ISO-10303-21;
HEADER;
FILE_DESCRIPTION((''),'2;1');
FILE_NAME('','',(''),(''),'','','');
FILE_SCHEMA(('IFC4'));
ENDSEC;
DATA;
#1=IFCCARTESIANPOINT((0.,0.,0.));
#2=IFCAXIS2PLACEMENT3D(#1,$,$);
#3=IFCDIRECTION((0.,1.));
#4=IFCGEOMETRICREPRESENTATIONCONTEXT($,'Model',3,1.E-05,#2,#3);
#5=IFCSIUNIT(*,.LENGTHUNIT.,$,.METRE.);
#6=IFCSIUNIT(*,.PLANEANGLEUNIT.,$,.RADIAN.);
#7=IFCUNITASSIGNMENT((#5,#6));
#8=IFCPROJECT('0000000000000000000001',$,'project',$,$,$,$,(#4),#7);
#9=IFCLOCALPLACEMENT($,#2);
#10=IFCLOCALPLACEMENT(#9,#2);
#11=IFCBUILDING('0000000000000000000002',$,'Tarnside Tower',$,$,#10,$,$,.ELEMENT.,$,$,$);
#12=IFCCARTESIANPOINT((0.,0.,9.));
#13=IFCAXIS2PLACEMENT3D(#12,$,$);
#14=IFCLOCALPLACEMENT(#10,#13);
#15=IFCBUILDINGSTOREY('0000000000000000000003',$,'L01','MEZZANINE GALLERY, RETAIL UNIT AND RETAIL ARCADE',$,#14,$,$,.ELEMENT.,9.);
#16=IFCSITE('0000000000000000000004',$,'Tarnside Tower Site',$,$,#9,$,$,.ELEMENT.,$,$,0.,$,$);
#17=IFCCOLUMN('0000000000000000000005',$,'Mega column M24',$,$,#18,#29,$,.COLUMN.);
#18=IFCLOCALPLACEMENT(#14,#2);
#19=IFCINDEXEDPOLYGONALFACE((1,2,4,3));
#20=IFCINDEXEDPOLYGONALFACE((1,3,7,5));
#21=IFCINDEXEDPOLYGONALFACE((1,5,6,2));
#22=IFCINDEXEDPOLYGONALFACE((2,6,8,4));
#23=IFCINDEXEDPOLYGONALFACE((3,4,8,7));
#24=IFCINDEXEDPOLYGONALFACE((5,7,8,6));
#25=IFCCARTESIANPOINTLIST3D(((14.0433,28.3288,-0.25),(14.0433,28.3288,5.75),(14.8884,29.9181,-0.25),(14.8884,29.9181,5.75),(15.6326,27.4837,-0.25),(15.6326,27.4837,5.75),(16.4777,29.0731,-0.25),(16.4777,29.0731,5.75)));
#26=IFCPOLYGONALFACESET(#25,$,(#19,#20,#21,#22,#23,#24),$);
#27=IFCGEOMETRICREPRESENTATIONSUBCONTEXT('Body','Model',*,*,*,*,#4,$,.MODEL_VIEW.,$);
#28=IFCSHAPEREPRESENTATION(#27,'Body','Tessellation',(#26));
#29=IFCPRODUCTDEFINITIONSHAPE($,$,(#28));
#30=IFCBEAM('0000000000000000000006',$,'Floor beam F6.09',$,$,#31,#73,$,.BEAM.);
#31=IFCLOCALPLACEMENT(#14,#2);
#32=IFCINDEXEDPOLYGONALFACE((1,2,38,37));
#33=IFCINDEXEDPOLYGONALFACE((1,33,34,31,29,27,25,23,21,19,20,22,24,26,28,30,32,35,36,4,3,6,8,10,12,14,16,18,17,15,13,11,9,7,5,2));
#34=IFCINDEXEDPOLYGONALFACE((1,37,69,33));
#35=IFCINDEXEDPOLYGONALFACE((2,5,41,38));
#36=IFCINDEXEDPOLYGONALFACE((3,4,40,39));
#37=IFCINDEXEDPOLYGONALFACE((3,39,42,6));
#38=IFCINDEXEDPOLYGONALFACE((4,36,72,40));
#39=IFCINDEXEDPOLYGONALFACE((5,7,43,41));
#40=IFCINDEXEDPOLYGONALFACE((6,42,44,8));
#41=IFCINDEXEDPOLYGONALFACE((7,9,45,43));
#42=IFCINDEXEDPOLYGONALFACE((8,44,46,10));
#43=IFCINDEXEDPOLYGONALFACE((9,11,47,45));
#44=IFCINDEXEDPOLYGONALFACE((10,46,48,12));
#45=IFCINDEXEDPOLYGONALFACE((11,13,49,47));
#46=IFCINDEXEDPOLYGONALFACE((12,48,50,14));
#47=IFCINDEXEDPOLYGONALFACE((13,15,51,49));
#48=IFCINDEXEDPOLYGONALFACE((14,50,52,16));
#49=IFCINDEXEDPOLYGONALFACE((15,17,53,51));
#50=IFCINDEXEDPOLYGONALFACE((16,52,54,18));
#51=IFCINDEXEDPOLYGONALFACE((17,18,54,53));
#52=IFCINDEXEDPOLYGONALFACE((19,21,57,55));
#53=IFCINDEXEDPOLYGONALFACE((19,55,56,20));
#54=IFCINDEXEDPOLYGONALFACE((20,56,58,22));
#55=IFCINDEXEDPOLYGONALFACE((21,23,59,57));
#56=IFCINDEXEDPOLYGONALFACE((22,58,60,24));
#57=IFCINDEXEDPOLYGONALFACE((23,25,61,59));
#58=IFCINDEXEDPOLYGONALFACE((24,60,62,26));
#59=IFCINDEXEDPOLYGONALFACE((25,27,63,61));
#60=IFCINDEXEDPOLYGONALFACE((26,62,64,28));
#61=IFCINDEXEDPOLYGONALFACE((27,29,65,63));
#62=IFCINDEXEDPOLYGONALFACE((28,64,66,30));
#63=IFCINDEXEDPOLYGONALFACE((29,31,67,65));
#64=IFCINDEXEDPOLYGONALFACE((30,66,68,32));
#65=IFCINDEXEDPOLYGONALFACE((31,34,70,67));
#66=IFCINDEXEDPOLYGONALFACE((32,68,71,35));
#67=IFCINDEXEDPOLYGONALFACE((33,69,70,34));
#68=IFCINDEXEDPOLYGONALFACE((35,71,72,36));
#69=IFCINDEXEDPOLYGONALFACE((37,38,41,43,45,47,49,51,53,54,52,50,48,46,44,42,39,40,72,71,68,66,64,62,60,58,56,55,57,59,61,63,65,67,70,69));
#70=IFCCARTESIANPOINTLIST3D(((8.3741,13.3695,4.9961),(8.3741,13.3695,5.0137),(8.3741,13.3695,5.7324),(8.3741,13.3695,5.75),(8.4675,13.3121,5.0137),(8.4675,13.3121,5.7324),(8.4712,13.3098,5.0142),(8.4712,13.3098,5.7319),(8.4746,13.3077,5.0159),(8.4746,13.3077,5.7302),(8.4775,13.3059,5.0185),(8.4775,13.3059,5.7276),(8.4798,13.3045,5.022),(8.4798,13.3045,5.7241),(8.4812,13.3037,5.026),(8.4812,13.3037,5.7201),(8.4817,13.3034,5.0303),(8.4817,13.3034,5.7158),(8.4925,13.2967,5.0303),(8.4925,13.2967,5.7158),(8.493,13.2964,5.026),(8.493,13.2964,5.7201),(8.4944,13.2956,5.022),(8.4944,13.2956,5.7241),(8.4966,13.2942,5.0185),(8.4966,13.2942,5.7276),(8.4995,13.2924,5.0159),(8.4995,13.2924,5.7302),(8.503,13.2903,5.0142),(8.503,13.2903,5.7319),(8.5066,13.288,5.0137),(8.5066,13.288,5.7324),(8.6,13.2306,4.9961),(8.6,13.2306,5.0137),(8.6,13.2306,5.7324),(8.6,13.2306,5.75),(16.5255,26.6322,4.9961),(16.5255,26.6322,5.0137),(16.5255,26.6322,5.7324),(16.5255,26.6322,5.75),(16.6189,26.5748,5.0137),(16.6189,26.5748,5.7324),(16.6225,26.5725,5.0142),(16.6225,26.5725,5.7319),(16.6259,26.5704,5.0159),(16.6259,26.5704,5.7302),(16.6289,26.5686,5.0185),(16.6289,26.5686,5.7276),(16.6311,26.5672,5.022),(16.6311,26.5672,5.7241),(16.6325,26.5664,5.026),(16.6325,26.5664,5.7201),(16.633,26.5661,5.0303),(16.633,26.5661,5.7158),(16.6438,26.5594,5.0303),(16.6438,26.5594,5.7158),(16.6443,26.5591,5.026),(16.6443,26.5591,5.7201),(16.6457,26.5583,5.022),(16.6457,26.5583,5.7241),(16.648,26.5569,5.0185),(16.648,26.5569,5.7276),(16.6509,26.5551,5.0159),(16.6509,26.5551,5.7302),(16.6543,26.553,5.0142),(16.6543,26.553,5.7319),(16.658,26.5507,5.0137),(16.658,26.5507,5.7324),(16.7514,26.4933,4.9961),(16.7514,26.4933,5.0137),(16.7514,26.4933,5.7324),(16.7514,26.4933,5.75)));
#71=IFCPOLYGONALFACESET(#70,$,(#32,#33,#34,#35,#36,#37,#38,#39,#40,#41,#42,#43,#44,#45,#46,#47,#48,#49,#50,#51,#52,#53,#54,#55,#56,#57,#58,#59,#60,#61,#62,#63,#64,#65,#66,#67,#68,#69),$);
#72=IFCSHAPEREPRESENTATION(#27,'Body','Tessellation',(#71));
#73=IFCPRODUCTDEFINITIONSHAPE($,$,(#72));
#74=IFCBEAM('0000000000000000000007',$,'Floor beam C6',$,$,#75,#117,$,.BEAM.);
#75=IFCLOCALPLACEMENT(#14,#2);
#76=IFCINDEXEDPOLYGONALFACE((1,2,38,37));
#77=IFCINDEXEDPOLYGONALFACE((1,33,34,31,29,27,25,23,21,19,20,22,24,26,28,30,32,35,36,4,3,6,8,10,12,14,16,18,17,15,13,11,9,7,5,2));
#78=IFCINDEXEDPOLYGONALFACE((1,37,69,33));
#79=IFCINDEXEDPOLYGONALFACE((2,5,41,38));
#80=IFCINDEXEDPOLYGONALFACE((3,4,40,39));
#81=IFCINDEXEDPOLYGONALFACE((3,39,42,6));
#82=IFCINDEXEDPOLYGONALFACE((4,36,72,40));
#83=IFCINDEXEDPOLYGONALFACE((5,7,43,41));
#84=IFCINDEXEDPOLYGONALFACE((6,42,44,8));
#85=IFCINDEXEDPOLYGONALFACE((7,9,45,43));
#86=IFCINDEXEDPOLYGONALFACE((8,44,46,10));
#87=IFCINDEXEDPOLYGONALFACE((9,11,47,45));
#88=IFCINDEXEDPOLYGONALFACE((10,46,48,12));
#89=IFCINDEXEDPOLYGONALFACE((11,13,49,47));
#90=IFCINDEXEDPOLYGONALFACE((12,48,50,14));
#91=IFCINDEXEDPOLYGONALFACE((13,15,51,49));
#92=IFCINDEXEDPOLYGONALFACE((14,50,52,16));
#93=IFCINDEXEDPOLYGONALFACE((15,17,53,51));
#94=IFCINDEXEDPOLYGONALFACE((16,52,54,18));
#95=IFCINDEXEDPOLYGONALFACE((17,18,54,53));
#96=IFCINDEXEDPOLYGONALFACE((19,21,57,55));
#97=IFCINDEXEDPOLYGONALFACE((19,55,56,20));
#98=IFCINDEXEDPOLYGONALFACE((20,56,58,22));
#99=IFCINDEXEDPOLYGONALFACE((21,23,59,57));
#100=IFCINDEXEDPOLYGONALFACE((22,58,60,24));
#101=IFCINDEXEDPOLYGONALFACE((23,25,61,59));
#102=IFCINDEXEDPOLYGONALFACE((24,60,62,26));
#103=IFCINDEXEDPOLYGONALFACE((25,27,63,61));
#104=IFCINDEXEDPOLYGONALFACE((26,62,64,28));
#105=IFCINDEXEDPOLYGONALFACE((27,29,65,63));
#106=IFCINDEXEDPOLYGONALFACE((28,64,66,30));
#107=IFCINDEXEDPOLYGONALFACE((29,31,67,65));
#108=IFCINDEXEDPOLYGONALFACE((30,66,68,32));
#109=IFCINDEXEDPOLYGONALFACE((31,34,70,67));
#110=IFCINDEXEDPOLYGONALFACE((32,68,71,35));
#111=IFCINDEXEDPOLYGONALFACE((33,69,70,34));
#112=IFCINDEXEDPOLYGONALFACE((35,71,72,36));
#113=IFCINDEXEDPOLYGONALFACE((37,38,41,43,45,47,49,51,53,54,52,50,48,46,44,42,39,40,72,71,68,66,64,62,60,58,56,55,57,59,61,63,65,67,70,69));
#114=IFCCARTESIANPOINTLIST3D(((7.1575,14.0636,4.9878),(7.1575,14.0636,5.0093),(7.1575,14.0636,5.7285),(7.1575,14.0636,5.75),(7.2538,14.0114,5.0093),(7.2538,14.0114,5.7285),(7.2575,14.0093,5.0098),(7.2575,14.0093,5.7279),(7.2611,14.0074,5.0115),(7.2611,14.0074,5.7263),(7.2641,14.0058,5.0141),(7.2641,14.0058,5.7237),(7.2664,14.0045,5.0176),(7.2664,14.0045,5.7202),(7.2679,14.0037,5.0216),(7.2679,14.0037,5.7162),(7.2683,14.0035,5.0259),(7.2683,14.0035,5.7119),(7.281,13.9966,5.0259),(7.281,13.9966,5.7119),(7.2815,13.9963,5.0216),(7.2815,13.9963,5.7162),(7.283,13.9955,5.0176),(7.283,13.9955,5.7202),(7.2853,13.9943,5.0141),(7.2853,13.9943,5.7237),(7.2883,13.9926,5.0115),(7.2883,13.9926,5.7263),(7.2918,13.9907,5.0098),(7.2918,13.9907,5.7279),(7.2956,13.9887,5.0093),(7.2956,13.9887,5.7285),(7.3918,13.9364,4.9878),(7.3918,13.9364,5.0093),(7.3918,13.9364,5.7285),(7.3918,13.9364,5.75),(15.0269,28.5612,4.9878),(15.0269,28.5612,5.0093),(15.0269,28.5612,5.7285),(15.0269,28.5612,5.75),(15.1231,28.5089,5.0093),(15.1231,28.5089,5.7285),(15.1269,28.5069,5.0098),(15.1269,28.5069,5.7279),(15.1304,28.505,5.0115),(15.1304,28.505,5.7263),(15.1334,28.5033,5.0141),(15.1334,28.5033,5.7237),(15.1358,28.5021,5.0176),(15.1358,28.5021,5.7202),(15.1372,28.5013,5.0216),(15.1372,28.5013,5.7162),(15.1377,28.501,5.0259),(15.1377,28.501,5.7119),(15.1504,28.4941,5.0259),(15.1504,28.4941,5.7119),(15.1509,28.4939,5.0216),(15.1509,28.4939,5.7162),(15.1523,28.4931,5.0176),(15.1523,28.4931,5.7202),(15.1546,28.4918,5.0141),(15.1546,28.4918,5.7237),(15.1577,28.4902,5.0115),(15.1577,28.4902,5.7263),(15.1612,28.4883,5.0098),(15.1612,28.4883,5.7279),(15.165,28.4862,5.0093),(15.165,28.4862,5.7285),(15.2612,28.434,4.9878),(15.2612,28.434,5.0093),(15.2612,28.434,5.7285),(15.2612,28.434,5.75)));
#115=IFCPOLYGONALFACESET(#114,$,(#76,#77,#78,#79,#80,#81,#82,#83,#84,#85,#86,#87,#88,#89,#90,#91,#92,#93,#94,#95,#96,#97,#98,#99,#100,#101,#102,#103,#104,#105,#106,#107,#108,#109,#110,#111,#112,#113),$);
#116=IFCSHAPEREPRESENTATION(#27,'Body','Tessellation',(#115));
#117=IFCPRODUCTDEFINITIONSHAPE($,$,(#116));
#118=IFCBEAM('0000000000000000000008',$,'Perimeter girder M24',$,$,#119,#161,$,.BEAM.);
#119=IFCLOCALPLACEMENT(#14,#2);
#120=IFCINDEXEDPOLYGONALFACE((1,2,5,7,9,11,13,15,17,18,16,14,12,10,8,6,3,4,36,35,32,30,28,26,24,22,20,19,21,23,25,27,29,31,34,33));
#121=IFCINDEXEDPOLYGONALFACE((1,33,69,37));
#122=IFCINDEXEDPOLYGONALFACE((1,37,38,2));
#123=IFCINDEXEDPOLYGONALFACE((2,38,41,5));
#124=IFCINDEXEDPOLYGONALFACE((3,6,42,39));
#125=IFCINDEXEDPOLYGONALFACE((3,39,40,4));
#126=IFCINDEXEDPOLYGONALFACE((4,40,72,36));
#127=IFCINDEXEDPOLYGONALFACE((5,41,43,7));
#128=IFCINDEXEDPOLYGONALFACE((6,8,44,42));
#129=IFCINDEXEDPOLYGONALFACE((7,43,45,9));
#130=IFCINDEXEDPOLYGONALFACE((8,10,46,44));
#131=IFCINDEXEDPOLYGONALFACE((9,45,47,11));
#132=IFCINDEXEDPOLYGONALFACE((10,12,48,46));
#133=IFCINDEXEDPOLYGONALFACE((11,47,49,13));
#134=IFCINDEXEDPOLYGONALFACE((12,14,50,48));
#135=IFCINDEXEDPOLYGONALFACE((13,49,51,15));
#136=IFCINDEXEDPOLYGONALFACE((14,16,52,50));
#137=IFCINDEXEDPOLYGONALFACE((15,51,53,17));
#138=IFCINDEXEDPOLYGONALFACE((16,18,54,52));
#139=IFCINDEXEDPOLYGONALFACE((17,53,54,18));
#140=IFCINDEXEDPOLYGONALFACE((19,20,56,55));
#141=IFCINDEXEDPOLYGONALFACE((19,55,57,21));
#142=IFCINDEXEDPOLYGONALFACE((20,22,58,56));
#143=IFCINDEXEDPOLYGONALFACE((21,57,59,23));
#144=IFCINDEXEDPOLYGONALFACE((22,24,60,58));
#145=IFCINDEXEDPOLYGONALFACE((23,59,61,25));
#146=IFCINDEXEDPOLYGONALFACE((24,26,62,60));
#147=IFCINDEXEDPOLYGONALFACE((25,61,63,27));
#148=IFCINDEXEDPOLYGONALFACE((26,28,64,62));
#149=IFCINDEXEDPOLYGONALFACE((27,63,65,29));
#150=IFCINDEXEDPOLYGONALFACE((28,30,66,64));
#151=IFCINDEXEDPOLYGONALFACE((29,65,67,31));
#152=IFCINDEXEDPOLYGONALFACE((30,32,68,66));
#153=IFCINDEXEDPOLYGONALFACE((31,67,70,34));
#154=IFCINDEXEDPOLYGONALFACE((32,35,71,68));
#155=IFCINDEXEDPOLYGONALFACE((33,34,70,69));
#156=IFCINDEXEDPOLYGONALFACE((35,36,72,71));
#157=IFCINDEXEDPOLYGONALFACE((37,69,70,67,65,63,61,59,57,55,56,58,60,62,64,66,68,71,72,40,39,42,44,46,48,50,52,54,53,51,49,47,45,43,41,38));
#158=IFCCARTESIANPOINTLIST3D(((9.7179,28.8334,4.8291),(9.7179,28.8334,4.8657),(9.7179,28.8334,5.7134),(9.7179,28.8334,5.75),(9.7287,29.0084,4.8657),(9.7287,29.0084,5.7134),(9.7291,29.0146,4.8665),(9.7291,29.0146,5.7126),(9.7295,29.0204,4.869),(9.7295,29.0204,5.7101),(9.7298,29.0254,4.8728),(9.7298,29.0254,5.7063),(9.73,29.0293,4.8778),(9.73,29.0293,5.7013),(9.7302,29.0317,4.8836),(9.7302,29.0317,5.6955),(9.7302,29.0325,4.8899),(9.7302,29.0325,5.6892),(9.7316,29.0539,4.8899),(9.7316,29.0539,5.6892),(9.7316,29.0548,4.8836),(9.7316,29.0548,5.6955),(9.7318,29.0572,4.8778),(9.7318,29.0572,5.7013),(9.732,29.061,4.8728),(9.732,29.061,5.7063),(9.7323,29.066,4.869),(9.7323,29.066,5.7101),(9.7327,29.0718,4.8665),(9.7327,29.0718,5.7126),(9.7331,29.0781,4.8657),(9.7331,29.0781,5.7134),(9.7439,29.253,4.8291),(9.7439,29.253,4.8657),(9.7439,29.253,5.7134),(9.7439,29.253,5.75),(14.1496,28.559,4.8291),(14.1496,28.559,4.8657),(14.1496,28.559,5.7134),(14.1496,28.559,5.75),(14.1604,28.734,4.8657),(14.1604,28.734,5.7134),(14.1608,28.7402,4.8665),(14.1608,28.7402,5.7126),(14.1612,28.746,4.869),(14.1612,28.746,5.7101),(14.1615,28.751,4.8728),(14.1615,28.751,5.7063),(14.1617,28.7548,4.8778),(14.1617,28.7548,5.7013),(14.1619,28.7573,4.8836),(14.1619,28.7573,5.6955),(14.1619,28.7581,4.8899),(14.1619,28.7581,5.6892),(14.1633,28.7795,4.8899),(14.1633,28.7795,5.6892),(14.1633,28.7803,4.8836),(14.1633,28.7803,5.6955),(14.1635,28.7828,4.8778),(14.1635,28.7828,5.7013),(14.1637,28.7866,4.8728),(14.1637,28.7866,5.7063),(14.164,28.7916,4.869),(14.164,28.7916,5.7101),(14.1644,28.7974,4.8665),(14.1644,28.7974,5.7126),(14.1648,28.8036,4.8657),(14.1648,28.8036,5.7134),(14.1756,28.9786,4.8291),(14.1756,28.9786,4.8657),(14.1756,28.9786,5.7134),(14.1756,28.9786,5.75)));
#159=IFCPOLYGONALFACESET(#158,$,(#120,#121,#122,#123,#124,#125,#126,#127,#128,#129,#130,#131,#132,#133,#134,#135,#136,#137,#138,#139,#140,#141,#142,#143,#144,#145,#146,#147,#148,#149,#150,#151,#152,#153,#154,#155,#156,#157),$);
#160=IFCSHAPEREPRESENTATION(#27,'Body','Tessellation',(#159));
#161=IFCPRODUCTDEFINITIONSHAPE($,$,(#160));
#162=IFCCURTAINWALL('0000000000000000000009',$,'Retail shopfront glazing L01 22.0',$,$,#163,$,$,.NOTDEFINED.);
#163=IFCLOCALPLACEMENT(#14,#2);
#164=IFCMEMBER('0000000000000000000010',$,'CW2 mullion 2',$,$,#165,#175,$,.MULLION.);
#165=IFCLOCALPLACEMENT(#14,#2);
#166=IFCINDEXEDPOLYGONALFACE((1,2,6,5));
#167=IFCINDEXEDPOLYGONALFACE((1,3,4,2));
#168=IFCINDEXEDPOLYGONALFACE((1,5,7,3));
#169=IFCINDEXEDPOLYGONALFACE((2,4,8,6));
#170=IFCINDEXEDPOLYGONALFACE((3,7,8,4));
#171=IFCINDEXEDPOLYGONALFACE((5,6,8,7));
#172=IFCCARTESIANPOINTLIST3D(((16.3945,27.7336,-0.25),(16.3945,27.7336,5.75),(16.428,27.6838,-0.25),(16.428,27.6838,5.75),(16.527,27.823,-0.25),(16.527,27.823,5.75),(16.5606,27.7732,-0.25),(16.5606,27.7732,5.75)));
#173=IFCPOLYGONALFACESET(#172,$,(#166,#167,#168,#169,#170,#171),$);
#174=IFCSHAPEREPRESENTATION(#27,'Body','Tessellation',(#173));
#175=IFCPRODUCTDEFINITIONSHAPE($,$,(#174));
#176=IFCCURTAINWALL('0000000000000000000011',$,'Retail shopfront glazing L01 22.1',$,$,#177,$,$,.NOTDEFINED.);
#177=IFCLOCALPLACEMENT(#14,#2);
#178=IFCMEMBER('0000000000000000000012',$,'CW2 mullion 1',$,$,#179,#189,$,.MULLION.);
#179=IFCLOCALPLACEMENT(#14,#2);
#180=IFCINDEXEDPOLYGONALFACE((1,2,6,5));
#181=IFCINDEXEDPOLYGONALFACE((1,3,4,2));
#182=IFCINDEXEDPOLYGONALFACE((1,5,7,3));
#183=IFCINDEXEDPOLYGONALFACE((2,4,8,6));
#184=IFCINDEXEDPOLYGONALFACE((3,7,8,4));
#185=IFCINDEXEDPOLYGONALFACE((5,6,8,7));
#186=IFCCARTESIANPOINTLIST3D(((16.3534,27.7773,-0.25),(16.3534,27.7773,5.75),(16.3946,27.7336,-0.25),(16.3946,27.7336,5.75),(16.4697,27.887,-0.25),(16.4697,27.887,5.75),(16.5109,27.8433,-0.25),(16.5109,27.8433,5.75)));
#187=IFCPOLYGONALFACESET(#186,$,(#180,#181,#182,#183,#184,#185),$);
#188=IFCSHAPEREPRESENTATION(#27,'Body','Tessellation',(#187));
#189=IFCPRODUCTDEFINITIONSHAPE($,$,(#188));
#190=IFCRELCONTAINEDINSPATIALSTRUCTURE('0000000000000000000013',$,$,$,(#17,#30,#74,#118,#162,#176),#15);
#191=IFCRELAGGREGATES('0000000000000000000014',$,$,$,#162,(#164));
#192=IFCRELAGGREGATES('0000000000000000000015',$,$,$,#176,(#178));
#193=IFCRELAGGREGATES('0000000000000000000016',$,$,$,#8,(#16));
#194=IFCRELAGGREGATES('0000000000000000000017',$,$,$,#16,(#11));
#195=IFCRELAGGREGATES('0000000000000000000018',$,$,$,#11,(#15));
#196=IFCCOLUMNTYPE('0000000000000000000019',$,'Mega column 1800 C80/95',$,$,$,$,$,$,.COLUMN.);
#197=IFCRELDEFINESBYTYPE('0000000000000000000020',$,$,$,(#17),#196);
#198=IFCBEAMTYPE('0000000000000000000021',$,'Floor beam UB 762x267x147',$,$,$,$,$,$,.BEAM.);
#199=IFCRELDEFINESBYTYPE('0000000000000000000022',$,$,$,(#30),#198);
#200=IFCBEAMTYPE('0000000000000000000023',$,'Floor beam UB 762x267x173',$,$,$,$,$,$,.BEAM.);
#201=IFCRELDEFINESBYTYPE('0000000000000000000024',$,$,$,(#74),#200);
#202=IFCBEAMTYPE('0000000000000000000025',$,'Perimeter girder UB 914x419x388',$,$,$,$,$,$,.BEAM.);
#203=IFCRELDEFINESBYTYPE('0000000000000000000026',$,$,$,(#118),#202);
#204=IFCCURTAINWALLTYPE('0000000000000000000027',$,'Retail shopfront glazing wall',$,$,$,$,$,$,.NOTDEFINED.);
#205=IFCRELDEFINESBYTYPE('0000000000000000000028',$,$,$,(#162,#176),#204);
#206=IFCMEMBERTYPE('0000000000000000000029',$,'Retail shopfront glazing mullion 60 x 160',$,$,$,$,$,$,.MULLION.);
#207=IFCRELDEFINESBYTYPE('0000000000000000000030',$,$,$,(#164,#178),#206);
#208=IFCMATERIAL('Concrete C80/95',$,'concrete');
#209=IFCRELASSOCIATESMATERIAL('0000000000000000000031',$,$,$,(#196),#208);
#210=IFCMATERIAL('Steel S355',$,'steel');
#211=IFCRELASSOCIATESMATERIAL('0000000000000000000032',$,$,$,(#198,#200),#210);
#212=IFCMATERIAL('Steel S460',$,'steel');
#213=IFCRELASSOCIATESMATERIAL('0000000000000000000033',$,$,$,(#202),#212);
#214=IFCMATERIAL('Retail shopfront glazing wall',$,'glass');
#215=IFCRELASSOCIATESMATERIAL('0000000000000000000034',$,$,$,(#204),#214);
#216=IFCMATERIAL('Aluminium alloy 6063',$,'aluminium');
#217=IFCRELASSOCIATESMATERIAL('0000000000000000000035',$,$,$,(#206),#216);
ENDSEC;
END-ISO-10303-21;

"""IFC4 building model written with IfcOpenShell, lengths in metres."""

from ifc_helpers import new_model, si_unit, direction, frame, origin, origin_2d, place, context, subcontext, project, spatial, rectangle, i_section, extrude, material, material_profile, profile_set, type_object, element, aggregate, save


model = new_model("IFC4")

# Units and contexts
model_context = context("Model", 3, precision=1e-05, world=origin(), true_north=direction((0.0, 1.0)))
body_context = subcontext(model_context, "Body", "Model", "MODEL_VIEW")
ifc_project = project(units=[si_unit("LENGTHUNIT", "METRE"), si_unit("PLANEANGLEUNIT", "RADIAN")], contexts=[model_context])

# Site, building, storey
site_placement = place(None, origin())
site = spatial("IfcSite", under=ifc_project, at=site_placement, Name="Tarnside Tower Site", CompositionType="ELEMENT", RefElevation=0.0)
building_placement = place(site_placement, origin())
building = spatial("IfcBuilding", under=site, at=building_placement, Name="Tarnside Tower", CompositionType="ELEMENT")
storey_placement = place(building_placement, frame((0.0, 0.0, 9.0)))
storey = spatial("IfcBuildingStorey", under=building, at=storey_placement, Name="L01", Description="MEZZANINE GALLERY, RETAIL UNIT AND RETAIL ARCADE", CompositionType="ELEMENT", Elevation=9.0)

# Column
ifc_material_1 = material(Name="Concrete C80/95", Category="concrete")
ifc_material_profile_1 = material_profile(ifc_material_1, rectangle(XDim=1.8, YDim=1.8, at=origin_2d()), Name="Mega column 1800x1800")
ifc_profile_set_1 = profile_set([ifc_material_profile_1], Name="Concrete C80/95")
column_type = type_object("IfcColumnType", Name="Mega column 1800 C80/95", PredefinedType="COLUMN", material=ifc_profile_set_1)
column_placement = place(storey_placement, frame((15.2605, 28.7009, -0.25), z_axis=(0.0, 0.0, 1.0), x_axis=(0.882948, -0.469472, 0.0)))
element("IfcColumn", 1, at=column_placement, inside=storey, type_object=column_type, Name="Mega column M24", PredefinedType="COLUMN", context=body_context, shape_type="SweptSolid", body=[
    extrude(rectangle(XDim=1.8, YDim=1.8, at=origin_2d()), origin(), (0.0, 0.0, 1.0), 6.0),
])

# Beams
ifc_material_2 = material(Name="Steel S355", Category="steel")
ifc_material_profile_2 = material_profile(ifc_material_2, i_section(OverallWidth=0.2651, OverallDepth=0.7539, WebThickness=0.0127, FlangeThickness=0.0176, FilletRadius=0.0166, at=origin_2d()), Name="UB 762x267x147")
ifc_profile_set_2 = profile_set([ifc_material_profile_2], Name="Steel S355")
beam_type_1 = type_object("IfcBeamType", Name="Floor beam UB 762x267x147", PredefinedType="BEAM", material=ifc_profile_set_2)
beam_1_placement = place(storey_placement, frame((16.6384, 26.5627, 5.373), z_axis=(-0.523618, -0.851953, 0.0), x_axis=(0.851953, -0.523618, 0.0)))
element("IfcBeam", 2, at=beam_1_placement, inside=storey, type_object=beam_type_1, Name="Floor beam F6.09", PredefinedType="BEAM", context=body_context, shape_type="SweptSolid", body=[
    extrude(i_section(OverallWidth=0.2651, OverallDepth=0.7539, WebThickness=0.0127, FlangeThickness=0.0176, FilletRadius=0.0166, at=origin_2d()), origin(), (0.0, 0.0, 1.0), 15.5674),
])
ifc_material_profile_3 = material_profile(ifc_material_2, i_section(OverallWidth=0.2666, OverallDepth=0.7622, WebThickness=0.0144, FlangeThickness=0.0215, FilletRadius=0.0166, at=origin_2d()), Name="UB 762x267x173")
ifc_profile_set_3 = profile_set([ifc_material_profile_3], Name="Steel S355")
beam_type_2 = type_object("IfcBeamType", Name="Floor beam UB 762x267x173", PredefinedType="BEAM", material=ifc_profile_set_3)
beam_2_placement = place(storey_placement, frame((15.144, 28.4976, 5.3689), z_axis=(-0.477058, -0.878872, 0.0), x_axis=(0.878872, -0.477058, 0.0)))
element("IfcBeam", 3, at=beam_2_placement, inside=storey, type_object=beam_type_2, Name="Floor beam C6", PredefinedType="BEAM", context=body_context, shape_type="SweptSolid", body=[
    extrude(i_section(OverallWidth=0.2666, OverallDepth=0.7622, WebThickness=0.0144, FlangeThickness=0.0215, FilletRadius=0.0166, at=origin_2d()), origin(), (0.0, 0.0, 1.0), 16.4956),
])
ifc_material_3 = material(Name="Steel S460", Category="steel")
ifc_material_profile_4 = material_profile(ifc_material_3, i_section(OverallWidth=0.4204, OverallDepth=0.9209, WebThickness=0.0215, FlangeThickness=0.0366, FilletRadius=0.0242, at=origin_2d()), Name="UB 914x419x388")
ifc_profile_set_4 = profile_set([ifc_material_profile_4], Name="Steel S460")
beam_type_3 = type_object("IfcBeamType", Name="Perimeter girder UB 914x419x388", PredefinedType="BEAM", material=ifc_profile_set_4)
beam_3_placement = place(storey_placement, frame((14.1626, 28.7688, 5.2896), z_axis=(-0.998088, 0.061803, 0.0), x_axis=(-0.061803, -0.998088, 0.0)))
element("IfcBeam", 4, at=beam_3_placement, inside=storey, type_object=beam_type_3, Name="Perimeter girder M24", PredefinedType="BEAM", context=body_context, shape_type="SweptSolid", body=[
    extrude(i_section(OverallWidth=0.4204, OverallDepth=0.9209, WebThickness=0.0215, FlangeThickness=0.0366, FilletRadius=0.0242, at=origin_2d()), origin(), (0.0, 0.0, 1.0), 4.4402),
])

# Curtain wall, member
ifc_material_4 = material(Name="Retail shopfront glazing wall", Category="glass")
curtain_wall_type = type_object("IfcCurtainWallType", Name="Retail shopfront glazing wall", PredefinedType="NOTDEFINED", material=ifc_material_4)
curtain_wall_1_placement = place(storey_placement, origin())
curtain_wall_1 = element("IfcCurtainWall", 5, at=curtain_wall_1_placement, inside=storey, type_object=curtain_wall_type, Name="Retail shopfront glazing L01 22.0", PredefinedType="NOTDEFINED")
ifc_material_5 = material(Name="Aluminium alloy 6063", Category="aluminium")
ifc_material_profile_5 = material_profile(ifc_material_5, rectangle(XDim=0.1599, YDim=0.0601, at=origin_2d()), Name="Retail shopfront glazing mullion 60 x 160")
ifc_profile_set_5 = profile_set([ifc_material_profile_5], Name="Aluminium alloy 6063")
member_type_1 = type_object("IfcMemberType", Name="Retail shopfront glazing mullion 60 x 160", PredefinedType="MULLION", material=ifc_profile_set_5)
member_1_placement = place(storey_placement, frame((16.4775, 27.7534, -0.25), z_axis=(0.0, 0.0, 1.0), x_axis=(-0.829038, -0.559193, 0.0)))
member_1 = element("IfcMember", 6, at=member_1_placement, type_object=member_type_1, Name="CW2 mullion 2", PredefinedType="MULLION", context=body_context, shape_type="SweptSolid", body=[
    extrude(rectangle(XDim=0.1599, YDim=0.0601, at=origin_2d()), origin(), (0.0, 0.0, 1.0), 6.0),
])

# Curtain wall, member
curtain_wall_2_placement = place(storey_placement, origin())
curtain_wall_2 = element("IfcCurtainWall", 7, at=curtain_wall_2_placement, inside=storey, type_object=curtain_wall_type, Name="Retail shopfront glazing L01 22.1", PredefinedType="NOTDEFINED")
member_2_placement = place(storey_placement, frame((16.4321, 27.8103, -0.25), z_axis=(0.0, 0.0, 1.0), x_axis=(-0.727374, -0.686242, 0.0)))
member_2 = element("IfcMember", 8, at=member_2_placement, type_object=member_type_1, Name="CW2 mullion 1", PredefinedType="MULLION", context=body_context, shape_type="SweptSolid", body=[
    extrude(rectangle(XDim=0.1599, YDim=0.0601, at=origin_2d()), origin(), (0.0, 0.0, 1.0), 6.0),
])

aggregate(curtain_wall_1, [member_1])
aggregate(curtain_wall_2, [member_2])

save(model, "model.ifc")
